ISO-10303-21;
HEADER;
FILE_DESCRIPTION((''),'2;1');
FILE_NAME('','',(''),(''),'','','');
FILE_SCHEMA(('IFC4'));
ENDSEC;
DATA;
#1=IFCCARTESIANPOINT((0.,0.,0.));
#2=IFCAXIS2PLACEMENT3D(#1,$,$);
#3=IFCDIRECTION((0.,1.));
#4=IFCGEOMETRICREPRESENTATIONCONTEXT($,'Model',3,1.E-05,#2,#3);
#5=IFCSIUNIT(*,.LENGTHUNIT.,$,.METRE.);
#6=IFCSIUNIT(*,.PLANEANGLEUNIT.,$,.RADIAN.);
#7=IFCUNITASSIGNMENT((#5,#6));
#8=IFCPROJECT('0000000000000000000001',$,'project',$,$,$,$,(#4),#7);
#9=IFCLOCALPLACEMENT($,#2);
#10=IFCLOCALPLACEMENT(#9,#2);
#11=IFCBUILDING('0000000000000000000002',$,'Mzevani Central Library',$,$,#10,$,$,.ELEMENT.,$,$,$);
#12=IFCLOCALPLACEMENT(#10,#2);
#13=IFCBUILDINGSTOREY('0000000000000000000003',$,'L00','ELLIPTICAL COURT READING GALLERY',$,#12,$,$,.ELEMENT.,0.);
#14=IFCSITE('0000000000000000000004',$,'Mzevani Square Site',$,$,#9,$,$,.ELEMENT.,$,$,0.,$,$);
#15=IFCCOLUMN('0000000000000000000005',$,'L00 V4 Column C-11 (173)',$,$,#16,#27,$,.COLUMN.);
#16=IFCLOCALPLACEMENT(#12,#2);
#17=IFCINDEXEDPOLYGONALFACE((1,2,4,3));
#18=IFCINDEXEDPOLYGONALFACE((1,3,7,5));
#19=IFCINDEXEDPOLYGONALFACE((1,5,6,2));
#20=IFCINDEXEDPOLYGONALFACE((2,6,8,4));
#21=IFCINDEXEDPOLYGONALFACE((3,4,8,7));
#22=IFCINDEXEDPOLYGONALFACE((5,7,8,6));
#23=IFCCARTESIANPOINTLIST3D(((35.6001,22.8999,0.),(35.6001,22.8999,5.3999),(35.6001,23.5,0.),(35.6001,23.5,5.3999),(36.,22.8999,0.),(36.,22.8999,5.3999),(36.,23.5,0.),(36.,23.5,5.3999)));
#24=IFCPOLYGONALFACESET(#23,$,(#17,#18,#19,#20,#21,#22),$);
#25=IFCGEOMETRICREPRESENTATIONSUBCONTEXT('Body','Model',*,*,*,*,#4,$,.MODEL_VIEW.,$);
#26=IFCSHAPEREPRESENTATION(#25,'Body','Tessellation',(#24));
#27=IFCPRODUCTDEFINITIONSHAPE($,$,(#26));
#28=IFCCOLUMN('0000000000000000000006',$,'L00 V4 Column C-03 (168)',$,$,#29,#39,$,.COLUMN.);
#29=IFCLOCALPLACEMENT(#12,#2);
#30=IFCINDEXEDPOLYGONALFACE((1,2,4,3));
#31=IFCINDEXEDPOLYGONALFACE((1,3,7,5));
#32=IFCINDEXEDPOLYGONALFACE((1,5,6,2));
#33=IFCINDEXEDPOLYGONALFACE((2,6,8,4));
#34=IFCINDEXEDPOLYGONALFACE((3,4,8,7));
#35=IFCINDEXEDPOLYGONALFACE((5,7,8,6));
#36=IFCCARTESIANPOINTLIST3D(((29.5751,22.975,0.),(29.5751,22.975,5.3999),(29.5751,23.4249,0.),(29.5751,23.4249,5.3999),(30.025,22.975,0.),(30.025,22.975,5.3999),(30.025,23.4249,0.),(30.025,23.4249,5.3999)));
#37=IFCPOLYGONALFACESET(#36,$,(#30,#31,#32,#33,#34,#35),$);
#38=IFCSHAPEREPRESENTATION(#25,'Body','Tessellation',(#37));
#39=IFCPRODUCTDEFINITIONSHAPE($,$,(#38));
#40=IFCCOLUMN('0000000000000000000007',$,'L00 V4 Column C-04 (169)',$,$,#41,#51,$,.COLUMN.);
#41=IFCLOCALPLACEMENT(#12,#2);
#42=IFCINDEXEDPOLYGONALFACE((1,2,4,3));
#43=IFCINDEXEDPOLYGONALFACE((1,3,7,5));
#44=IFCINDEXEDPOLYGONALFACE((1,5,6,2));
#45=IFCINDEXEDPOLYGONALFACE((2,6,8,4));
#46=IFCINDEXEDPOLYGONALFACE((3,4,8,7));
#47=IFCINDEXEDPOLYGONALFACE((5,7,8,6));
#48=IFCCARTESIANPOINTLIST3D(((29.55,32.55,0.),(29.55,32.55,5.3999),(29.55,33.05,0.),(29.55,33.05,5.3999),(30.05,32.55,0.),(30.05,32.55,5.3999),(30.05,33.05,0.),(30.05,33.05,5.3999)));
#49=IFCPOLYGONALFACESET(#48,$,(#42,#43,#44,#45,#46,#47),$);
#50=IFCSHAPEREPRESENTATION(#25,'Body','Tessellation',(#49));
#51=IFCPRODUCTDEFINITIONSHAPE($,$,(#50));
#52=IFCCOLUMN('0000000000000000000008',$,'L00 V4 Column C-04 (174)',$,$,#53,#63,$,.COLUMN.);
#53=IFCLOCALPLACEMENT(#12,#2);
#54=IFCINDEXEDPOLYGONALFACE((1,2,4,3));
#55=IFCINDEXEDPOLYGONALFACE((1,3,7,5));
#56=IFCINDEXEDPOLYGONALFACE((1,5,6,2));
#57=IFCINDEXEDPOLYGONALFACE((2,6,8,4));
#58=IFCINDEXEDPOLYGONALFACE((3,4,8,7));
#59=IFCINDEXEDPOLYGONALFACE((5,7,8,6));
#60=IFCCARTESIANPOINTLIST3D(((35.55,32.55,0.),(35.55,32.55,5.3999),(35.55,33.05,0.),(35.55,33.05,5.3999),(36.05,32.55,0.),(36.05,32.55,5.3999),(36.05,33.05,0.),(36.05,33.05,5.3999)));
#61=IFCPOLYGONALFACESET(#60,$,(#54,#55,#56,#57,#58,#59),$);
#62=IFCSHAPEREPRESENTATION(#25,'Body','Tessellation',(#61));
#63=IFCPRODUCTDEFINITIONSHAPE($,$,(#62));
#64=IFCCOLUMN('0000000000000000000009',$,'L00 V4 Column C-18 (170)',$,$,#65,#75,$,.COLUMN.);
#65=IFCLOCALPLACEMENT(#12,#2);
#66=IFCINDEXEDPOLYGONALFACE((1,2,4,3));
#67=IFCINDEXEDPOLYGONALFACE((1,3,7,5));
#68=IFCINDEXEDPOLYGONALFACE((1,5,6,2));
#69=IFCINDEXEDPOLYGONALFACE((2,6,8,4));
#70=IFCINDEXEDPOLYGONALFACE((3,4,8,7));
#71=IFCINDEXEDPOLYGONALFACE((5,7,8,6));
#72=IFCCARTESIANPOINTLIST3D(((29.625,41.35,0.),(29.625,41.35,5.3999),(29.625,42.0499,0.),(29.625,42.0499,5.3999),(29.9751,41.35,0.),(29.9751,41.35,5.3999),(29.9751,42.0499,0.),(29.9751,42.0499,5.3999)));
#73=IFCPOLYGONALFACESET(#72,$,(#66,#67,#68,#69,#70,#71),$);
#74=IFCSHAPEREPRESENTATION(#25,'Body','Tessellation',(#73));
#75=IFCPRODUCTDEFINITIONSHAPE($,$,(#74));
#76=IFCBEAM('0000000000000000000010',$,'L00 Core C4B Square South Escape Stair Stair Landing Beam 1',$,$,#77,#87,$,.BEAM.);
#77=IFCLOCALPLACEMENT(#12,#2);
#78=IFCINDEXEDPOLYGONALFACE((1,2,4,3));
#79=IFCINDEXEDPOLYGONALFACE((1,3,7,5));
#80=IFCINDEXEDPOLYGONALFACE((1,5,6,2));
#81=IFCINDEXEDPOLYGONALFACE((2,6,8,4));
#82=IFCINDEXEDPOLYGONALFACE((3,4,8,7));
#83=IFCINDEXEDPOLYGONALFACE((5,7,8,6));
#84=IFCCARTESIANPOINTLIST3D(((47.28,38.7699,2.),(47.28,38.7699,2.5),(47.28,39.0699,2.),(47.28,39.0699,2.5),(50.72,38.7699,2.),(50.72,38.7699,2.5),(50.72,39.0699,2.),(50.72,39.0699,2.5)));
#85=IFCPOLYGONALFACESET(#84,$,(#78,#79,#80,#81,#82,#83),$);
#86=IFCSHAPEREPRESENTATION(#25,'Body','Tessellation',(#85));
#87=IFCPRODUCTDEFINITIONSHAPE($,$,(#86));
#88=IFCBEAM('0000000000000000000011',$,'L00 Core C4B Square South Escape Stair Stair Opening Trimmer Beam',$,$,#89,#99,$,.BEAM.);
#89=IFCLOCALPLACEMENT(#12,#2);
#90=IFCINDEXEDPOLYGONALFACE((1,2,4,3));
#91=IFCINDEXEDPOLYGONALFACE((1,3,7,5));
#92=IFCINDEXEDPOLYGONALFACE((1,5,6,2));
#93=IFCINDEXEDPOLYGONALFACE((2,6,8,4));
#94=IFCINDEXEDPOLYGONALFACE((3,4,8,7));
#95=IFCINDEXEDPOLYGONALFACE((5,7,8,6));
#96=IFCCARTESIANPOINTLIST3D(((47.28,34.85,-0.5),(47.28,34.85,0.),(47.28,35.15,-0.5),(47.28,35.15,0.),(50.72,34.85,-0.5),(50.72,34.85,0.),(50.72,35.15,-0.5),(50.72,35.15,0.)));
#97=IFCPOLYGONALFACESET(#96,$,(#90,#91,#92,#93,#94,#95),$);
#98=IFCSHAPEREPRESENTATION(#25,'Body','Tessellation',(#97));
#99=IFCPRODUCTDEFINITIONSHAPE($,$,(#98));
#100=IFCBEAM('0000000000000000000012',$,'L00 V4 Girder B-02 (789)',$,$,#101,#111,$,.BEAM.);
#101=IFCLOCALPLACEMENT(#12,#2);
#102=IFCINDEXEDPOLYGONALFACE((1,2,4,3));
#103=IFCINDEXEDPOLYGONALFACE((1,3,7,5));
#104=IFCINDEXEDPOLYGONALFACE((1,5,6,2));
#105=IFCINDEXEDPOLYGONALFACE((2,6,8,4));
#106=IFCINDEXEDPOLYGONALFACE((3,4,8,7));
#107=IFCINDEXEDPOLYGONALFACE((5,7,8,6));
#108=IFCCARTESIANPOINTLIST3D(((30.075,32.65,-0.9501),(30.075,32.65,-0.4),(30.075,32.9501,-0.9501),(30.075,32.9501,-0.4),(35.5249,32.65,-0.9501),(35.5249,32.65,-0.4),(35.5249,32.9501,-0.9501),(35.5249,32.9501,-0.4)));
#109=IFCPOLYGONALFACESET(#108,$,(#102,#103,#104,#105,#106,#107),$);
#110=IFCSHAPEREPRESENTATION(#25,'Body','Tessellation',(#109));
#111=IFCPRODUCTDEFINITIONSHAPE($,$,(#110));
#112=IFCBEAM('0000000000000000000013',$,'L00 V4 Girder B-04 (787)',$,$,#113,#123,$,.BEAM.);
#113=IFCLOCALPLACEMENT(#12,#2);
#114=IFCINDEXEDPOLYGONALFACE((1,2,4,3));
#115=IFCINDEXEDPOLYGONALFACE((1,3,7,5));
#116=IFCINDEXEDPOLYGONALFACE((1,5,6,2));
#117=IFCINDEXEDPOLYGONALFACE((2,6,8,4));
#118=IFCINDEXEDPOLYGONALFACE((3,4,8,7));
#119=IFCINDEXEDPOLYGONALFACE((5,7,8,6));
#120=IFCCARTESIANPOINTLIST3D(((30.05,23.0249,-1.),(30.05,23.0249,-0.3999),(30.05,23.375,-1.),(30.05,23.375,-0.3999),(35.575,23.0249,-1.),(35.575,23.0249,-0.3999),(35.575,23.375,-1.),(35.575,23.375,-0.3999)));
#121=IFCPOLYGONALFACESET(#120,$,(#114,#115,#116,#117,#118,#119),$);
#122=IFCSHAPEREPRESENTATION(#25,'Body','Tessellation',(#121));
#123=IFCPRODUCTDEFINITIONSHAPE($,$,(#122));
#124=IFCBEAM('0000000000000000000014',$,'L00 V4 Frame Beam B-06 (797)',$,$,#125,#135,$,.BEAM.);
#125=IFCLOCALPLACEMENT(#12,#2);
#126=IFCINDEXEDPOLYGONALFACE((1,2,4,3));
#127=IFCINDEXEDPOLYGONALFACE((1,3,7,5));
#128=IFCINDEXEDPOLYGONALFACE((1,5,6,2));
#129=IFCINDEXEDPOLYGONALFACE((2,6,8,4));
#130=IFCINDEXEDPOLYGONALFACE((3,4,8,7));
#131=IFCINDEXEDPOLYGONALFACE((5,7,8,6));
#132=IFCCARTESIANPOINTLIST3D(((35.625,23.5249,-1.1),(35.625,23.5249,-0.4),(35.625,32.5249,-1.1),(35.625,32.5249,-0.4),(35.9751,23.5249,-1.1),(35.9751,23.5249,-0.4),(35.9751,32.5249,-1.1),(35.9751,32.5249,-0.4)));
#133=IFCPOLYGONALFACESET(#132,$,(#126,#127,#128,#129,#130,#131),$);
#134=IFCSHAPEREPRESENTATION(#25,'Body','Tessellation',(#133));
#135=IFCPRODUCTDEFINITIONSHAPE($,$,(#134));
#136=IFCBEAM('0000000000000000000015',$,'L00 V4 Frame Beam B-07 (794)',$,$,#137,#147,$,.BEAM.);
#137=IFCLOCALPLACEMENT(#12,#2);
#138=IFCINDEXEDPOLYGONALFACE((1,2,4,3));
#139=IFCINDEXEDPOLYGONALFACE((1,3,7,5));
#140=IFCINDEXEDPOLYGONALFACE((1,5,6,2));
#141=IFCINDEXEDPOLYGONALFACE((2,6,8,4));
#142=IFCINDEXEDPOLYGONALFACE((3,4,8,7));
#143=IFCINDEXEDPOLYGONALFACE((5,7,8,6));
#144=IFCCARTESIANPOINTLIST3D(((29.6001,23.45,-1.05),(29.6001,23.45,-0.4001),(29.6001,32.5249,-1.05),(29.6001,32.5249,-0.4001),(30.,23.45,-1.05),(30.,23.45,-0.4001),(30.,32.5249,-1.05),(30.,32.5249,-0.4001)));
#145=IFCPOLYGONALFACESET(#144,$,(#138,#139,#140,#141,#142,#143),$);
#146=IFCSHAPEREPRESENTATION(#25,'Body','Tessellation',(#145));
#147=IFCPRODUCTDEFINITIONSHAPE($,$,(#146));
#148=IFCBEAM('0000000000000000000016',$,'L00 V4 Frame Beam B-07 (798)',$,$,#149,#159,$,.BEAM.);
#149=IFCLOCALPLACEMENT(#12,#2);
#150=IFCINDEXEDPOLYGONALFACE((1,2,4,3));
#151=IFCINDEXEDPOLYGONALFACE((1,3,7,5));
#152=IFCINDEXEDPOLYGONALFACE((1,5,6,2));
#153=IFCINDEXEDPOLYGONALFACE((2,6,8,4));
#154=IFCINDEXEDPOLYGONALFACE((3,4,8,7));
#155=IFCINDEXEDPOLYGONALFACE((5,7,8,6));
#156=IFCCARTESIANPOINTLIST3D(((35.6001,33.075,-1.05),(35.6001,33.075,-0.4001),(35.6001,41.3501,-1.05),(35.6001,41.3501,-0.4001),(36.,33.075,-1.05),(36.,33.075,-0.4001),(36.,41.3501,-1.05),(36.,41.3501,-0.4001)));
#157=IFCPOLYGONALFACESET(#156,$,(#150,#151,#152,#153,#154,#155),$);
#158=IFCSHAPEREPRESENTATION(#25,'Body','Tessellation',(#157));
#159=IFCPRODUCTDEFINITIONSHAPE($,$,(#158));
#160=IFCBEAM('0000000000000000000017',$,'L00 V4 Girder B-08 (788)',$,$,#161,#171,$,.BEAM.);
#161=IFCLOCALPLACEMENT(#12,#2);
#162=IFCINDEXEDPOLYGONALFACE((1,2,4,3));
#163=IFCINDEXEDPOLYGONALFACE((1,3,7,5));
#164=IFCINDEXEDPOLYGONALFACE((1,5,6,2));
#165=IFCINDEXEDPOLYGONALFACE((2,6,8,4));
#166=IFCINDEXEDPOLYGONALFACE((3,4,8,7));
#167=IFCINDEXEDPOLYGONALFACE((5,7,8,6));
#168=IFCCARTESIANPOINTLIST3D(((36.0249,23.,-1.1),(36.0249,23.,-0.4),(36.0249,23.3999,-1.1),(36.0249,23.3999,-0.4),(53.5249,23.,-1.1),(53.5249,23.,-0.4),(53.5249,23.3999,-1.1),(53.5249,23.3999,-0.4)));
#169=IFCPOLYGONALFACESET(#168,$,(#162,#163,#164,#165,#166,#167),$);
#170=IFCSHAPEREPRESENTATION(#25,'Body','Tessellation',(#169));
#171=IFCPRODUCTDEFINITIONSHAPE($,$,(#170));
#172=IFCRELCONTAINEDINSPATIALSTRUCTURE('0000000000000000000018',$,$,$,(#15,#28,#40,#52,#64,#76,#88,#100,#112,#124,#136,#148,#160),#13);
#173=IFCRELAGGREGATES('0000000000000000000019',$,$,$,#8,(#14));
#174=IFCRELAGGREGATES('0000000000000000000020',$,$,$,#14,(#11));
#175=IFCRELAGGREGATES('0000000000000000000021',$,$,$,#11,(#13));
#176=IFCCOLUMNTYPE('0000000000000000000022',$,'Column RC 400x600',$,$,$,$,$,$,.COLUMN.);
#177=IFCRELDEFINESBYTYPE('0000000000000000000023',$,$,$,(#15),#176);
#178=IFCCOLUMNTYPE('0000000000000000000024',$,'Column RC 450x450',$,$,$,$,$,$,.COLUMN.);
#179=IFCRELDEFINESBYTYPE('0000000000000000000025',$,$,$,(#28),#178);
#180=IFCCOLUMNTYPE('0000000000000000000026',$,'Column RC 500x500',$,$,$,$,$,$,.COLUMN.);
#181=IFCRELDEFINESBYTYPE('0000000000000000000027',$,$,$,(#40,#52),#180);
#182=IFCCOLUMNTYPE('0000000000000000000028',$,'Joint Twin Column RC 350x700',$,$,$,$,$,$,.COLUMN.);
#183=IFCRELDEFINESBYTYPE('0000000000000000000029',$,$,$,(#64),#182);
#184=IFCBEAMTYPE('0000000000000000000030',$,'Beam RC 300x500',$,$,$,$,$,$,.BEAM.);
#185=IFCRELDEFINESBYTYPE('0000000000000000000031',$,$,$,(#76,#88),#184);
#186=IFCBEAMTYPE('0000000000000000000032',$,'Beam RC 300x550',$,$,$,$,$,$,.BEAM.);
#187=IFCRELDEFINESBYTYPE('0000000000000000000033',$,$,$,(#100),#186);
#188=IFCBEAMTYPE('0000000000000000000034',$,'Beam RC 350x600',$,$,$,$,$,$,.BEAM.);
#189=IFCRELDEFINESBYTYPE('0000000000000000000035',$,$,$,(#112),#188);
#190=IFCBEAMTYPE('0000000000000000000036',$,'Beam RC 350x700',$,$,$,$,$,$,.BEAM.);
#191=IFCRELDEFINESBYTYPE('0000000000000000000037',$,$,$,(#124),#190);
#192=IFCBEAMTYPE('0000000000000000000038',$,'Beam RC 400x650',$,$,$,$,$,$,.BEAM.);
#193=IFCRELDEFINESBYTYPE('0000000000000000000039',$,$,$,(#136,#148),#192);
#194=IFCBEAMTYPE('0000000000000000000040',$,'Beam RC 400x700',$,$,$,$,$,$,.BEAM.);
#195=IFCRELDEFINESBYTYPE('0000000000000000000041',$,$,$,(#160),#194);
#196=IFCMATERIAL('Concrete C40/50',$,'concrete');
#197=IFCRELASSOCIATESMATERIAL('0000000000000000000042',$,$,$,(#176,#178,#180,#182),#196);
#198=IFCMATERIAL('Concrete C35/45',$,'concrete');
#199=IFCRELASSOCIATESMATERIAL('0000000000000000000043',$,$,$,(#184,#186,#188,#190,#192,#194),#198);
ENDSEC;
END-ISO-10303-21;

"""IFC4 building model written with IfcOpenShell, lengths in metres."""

from ifc_helpers import new_model, si_unit, direction, frame, origin, origin_2d, place, context, subcontext, project, spatial, rectangle, extrude, material, material_profile, profile_set, type_object, element, save


model = new_model("IFC4")

# Units and contexts
model_context = context("Model", 3, precision=1e-05, world=origin(), true_north=direction((0.0, 1.0)))
body_context = subcontext(model_context, "Body", "Model", "MODEL_VIEW")
ifc_project = project(units=[si_unit("LENGTHUNIT", "METRE"), si_unit("PLANEANGLEUNIT", "RADIAN")], contexts=[model_context])

# Site, building, storey
site_placement = place(None, origin())
site = spatial("IfcSite", under=ifc_project, at=site_placement, Name="Mzevani Square Site", CompositionType="ELEMENT", RefElevation=0.0)
building_placement = place(site_placement, origin())
building = spatial("IfcBuilding", under=site, at=building_placement, Name="Mzevani Central Library", CompositionType="ELEMENT")
storey_placement = place(building_placement, origin())
storey = spatial("IfcBuildingStorey", under=building, at=storey_placement, Name="L00", Description="ELLIPTICAL COURT READING GALLERY", CompositionType="ELEMENT", Elevation=0.0)

# Columns
ifc_material_1 = material(Name="Concrete C40/50", Category="concrete")
ifc_material_profile_1 = material_profile(ifc_material_1, rectangle(XDim=0.3999, YDim=0.6001, at=origin_2d()), Name="RC 400x600")
ifc_profile_set_1 = profile_set([ifc_material_profile_1], Name="Concrete C40/50")
column_type_1 = type_object("IfcColumnType", Name="Column RC 400x600", PredefinedType="COLUMN", material=ifc_profile_set_1)
column_1_placement = place(storey_placement, frame((35.8, 23.2, 0.0), z_axis=(0.0, 0.0, 1.0), x_axis=(1.0, 0.0, 0.0)))
element("IfcColumn", 1, at=column_1_placement, inside=storey, type_object=column_type_1, Name="L00 V4 Column C-11 (173)", PredefinedType="COLUMN", context=body_context, shape_type="SweptSolid", body=[
    extrude(rectangle(XDim=0.3999, YDim=0.6001, at=origin_2d()), origin(), (0.0, 0.0, 1.0), 5.3999),
])
ifc_material_profile_2 = material_profile(ifc_material_1, rectangle(XDim=0.45, YDim=0.45, at=origin_2d()), Name="RC 450x450")
ifc_profile_set_2 = profile_set([ifc_material_profile_2], Name="Concrete C40/50")
column_type_2 = type_object("IfcColumnType", Name="Column RC 450x450", PredefinedType="COLUMN", material=ifc_profile_set_2)
column_2_placement = place(storey_placement, frame((29.8, 23.2, 0.0), z_axis=(0.0, 0.0, 1.0), x_axis=(1.0, 0.0, 0.0)))
element("IfcColumn", 2, at=column_2_placement, inside=storey, type_object=column_type_2, Name="L00 V4 Column C-03 (168)", PredefinedType="COLUMN", context=body_context, shape_type="SweptSolid", body=[
    extrude(rectangle(XDim=0.45, YDim=0.45, at=origin_2d()), origin(), (0.0, 0.0, 1.0), 5.3999),
])
ifc_material_profile_3 = material_profile(ifc_material_1, rectangle(XDim=0.5, YDim=0.5, at=origin_2d()), Name="RC 500x500")
ifc_profile_set_3 = profile_set([ifc_material_profile_3], Name="Concrete C40/50")
column_type_3 = type_object("IfcColumnType", Name="Column RC 500x500", PredefinedType="COLUMN", material=ifc_profile_set_3)
for number, where, z_axis, x_axis, name in (
    (3, (29.8, 32.8, 0.0), (0.0, 0.0, 1.0), (1.0, 0.0, 0.0), "L00 V4 Column C-04 (169)"),
    (4, (35.8, 32.8, 0.0), (0.0, 0.0, 1.0), (1.0, 0.0, 0.0), "L00 V4 Column C-04 (174)"),
):
    element("IfcColumn", number, at=place(storey_placement, frame(where, z_axis=z_axis, x_axis=x_axis)), inside=storey, type_object=column_type_3, Name=name, PredefinedType="COLUMN", context=body_context, shape_type="SweptSolid", body=[
        extrude(rectangle(XDim=0.5, YDim=0.5, at=origin_2d()), origin(), (0.0, 0.0, 1.0), 5.3999),
    ])
ifc_material_profile_4 = material_profile(ifc_material_1, rectangle(XDim=0.3501, YDim=0.7, at=origin_2d()), Name="RC 350x700")
ifc_profile_set_4 = profile_set([ifc_material_profile_4], Name="Concrete C40/50")
column_type_4 = type_object("IfcColumnType", Name="Joint Twin Column RC 350x700", PredefinedType="COLUMN", material=ifc_profile_set_4)
column_3_placement = place(storey_placement, frame((29.8, 41.7, 0.0), z_axis=(0.0, 0.0, 1.0), x_axis=(1.0, 0.0, 0.0)))
element("IfcColumn", 5, at=column_3_placement, inside=storey, type_object=column_type_4, Name="L00 V4 Column C-18 (170)", PredefinedType="COLUMN", context=body_context, shape_type="SweptSolid", body=[
    extrude(rectangle(XDim=0.3501, YDim=0.7, at=origin_2d()), origin(), (0.0, 0.0, 1.0), 5.3999),
])

# Beams
ifc_material_2 = material(Name="Concrete C35/45", Category="concrete")
ifc_material_profile_5 = material_profile(ifc_material_2, rectangle(XDim=0.3, YDim=0.5, at=origin_2d()), Name="RC B300x500")
ifc_profile_set_5 = profile_set([ifc_material_profile_5], Name="Concrete C35/45")
beam_type_1 = type_object("IfcBeamType", Name="Beam RC 300x500", PredefinedType="BEAM", material=ifc_profile_set_5)
for number, where, z_axis, x_axis, name in (
    (6, (47.28, 38.9199, 2.25), (1.0, 0.0, 0.0), (0.0, 1.0, 0.0), "L00 Core C4B Square South Escape Stair Stair Landing Beam 1"),
    (7, (47.28, 35.0, -0.25), (1.0, 0.0, 0.0), (0.0, 1.0, 0.0), "L00 Core C4B Square South Escape Stair Stair Opening Trimmer Beam"),
):
    element("IfcBeam", number, at=place(storey_placement, frame(where, z_axis=z_axis, x_axis=x_axis)), inside=storey, type_object=beam_type_1, Name=name, PredefinedType="BEAM", context=body_context, shape_type="SweptSolid", body=[
        extrude(rectangle(XDim=0.3, YDim=0.5, at=origin_2d()), origin(), (0.0, 0.0, 1.0), 3.4399),
    ])
ifc_material_profile_6 = material_profile(ifc_material_2, rectangle(XDim=0.3, YDim=0.55, at=origin_2d()), Name="RC B300x550")
ifc_profile_set_6 = profile_set([ifc_material_profile_6], Name="Concrete C35/45")
beam_type_2 = type_object("IfcBeamType", Name="Beam RC 300x550", PredefinedType="BEAM", material=ifc_profile_set_6)
beam_1_placement = place(storey_placement, frame((30.075, 32.8, -0.675), z_axis=(1.0, 0.0, 0.0), x_axis=(0.0, 1.0, 0.0)))
element("IfcBeam", 8, at=beam_1_placement, inside=storey, type_object=beam_type_2, Name="L00 V4 Girder B-02 (789)", PredefinedType="BEAM", context=body_context, shape_type="SweptSolid", body=[
    extrude(rectangle(XDim=0.3, YDim=0.55, at=origin_2d()), origin(), (0.0, 0.0, 1.0), 5.45),
])
ifc_material_profile_7 = material_profile(ifc_material_2, rectangle(XDim=0.3501, YDim=0.6001, at=origin_2d()), Name="RC B350x600")
ifc_profile_set_7 = profile_set([ifc_material_profile_7], Name="Concrete C35/45")
beam_type_3 = type_object("IfcBeamType", Name="Beam RC 350x600", PredefinedType="BEAM", material=ifc_profile_set_7)
beam_2_placement = place(storey_placement, frame((30.05, 23.2, -0.7), z_axis=(1.0, 0.0, 0.0), x_axis=(0.0, 1.0, 0.0)))
element("IfcBeam", 9, at=beam_2_placement, inside=storey, type_object=beam_type_3, Name="L00 V4 Girder B-04 (787)", PredefinedType="BEAM", context=body_context, shape_type="SweptSolid", body=[
    extrude(rectangle(XDim=0.3501, YDim=0.6001, at=origin_2d()), origin(), (0.0, 0.0, 1.0), 5.5249),
])
ifc_material_profile_8 = material_profile(ifc_material_2, rectangle(XDim=0.3501, YDim=0.7, at=origin_2d()), Name="RC B350x700")
ifc_profile_set_8 = profile_set([ifc_material_profile_8], Name="Concrete C35/45")
beam_type_4 = type_object("IfcBeamType", Name="Beam RC 350x700", PredefinedType="BEAM", material=ifc_profile_set_8)
beam_3_placement = place(storey_placement, frame((35.8, 23.5249, -0.75), z_axis=(0.0, 1.0, 0.0), x_axis=(-1.0, 0.0, 0.0)))
element("IfcBeam", 10, at=beam_3_placement, inside=storey, type_object=beam_type_4, Name="L00 V4 Frame Beam B-06 (797)", PredefinedType="BEAM", context=body_context, shape_type="SweptSolid", body=[
    extrude(rectangle(XDim=0.3501, YDim=0.7, at=origin_2d()), origin(), (0.0, 0.0, 1.0), 9.0),
])
ifc_material_profile_9 = material_profile(ifc_material_2, rectangle(XDim=0.3999, YDim=0.6499, at=origin_2d()), Name="RC B400x650")
ifc_profile_set_9 = profile_set([ifc_material_profile_9], Name="Concrete C35/45")
beam_type_5 = type_object("IfcBeamType", Name="Beam RC 400x650", PredefinedType="BEAM", material=ifc_profile_set_9)
beam_4_placement = place(storey_placement, frame((29.8, 23.45, -0.7251), z_axis=(0.0, 1.0, 0.0), x_axis=(-1.0, 0.0, 0.0)))
element("IfcBeam", 11, at=beam_4_placement, inside=storey, type_object=beam_type_5, Name="L00 V4 Frame Beam B-07 (794)", PredefinedType="BEAM", context=body_context, shape_type="SweptSolid", body=[
    extrude(rectangle(XDim=0.3999, YDim=0.6499, at=origin_2d()), origin(), (0.0, 0.0, 1.0), 9.075),
])
beam_5_placement = place(storey_placement, frame((35.8, 33.075, -0.7251), z_axis=(0.0, 1.0, 0.0), x_axis=(-1.0, 0.0, 0.0)))
element("IfcBeam", 12, at=beam_5_placement, inside=storey, type_object=beam_type_5, Name="L00 V4 Frame Beam B-07 (798)", PredefinedType="BEAM", context=body_context, shape_type="SweptSolid", body=[
    extrude(rectangle(XDim=0.3999, YDim=0.6499, at=origin_2d()), origin(), (0.0, 0.0, 1.0), 8.2751),
])
ifc_material_profile_10 = material_profile(ifc_material_2, rectangle(XDim=0.3999, YDim=0.7, at=origin_2d()), Name="RC B400x700")
ifc_profile_set_10 = profile_set([ifc_material_profile_10], Name="Concrete C35/45")
beam_type_6 = type_object("IfcBeamType", Name="Beam RC 400x700", PredefinedType="BEAM", material=ifc_profile_set_10)
beam_6_placement = place(storey_placement, frame((36.0249, 23.2, -0.75), z_axis=(1.0, 0.0, 0.0), x_axis=(0.0, 1.0, 0.0)))
element("IfcBeam", 13, at=beam_6_placement, inside=storey, type_object=beam_type_6, Name="L00 V4 Girder B-08 (788)", PredefinedType="BEAM", context=body_context, shape_type="SweptSolid", body=[
    extrude(rectangle(XDim=0.3999, YDim=0.7, at=origin_2d()), origin(), (0.0, 0.0, 1.0), 17.5),
])

save(model, "model.ifc")
